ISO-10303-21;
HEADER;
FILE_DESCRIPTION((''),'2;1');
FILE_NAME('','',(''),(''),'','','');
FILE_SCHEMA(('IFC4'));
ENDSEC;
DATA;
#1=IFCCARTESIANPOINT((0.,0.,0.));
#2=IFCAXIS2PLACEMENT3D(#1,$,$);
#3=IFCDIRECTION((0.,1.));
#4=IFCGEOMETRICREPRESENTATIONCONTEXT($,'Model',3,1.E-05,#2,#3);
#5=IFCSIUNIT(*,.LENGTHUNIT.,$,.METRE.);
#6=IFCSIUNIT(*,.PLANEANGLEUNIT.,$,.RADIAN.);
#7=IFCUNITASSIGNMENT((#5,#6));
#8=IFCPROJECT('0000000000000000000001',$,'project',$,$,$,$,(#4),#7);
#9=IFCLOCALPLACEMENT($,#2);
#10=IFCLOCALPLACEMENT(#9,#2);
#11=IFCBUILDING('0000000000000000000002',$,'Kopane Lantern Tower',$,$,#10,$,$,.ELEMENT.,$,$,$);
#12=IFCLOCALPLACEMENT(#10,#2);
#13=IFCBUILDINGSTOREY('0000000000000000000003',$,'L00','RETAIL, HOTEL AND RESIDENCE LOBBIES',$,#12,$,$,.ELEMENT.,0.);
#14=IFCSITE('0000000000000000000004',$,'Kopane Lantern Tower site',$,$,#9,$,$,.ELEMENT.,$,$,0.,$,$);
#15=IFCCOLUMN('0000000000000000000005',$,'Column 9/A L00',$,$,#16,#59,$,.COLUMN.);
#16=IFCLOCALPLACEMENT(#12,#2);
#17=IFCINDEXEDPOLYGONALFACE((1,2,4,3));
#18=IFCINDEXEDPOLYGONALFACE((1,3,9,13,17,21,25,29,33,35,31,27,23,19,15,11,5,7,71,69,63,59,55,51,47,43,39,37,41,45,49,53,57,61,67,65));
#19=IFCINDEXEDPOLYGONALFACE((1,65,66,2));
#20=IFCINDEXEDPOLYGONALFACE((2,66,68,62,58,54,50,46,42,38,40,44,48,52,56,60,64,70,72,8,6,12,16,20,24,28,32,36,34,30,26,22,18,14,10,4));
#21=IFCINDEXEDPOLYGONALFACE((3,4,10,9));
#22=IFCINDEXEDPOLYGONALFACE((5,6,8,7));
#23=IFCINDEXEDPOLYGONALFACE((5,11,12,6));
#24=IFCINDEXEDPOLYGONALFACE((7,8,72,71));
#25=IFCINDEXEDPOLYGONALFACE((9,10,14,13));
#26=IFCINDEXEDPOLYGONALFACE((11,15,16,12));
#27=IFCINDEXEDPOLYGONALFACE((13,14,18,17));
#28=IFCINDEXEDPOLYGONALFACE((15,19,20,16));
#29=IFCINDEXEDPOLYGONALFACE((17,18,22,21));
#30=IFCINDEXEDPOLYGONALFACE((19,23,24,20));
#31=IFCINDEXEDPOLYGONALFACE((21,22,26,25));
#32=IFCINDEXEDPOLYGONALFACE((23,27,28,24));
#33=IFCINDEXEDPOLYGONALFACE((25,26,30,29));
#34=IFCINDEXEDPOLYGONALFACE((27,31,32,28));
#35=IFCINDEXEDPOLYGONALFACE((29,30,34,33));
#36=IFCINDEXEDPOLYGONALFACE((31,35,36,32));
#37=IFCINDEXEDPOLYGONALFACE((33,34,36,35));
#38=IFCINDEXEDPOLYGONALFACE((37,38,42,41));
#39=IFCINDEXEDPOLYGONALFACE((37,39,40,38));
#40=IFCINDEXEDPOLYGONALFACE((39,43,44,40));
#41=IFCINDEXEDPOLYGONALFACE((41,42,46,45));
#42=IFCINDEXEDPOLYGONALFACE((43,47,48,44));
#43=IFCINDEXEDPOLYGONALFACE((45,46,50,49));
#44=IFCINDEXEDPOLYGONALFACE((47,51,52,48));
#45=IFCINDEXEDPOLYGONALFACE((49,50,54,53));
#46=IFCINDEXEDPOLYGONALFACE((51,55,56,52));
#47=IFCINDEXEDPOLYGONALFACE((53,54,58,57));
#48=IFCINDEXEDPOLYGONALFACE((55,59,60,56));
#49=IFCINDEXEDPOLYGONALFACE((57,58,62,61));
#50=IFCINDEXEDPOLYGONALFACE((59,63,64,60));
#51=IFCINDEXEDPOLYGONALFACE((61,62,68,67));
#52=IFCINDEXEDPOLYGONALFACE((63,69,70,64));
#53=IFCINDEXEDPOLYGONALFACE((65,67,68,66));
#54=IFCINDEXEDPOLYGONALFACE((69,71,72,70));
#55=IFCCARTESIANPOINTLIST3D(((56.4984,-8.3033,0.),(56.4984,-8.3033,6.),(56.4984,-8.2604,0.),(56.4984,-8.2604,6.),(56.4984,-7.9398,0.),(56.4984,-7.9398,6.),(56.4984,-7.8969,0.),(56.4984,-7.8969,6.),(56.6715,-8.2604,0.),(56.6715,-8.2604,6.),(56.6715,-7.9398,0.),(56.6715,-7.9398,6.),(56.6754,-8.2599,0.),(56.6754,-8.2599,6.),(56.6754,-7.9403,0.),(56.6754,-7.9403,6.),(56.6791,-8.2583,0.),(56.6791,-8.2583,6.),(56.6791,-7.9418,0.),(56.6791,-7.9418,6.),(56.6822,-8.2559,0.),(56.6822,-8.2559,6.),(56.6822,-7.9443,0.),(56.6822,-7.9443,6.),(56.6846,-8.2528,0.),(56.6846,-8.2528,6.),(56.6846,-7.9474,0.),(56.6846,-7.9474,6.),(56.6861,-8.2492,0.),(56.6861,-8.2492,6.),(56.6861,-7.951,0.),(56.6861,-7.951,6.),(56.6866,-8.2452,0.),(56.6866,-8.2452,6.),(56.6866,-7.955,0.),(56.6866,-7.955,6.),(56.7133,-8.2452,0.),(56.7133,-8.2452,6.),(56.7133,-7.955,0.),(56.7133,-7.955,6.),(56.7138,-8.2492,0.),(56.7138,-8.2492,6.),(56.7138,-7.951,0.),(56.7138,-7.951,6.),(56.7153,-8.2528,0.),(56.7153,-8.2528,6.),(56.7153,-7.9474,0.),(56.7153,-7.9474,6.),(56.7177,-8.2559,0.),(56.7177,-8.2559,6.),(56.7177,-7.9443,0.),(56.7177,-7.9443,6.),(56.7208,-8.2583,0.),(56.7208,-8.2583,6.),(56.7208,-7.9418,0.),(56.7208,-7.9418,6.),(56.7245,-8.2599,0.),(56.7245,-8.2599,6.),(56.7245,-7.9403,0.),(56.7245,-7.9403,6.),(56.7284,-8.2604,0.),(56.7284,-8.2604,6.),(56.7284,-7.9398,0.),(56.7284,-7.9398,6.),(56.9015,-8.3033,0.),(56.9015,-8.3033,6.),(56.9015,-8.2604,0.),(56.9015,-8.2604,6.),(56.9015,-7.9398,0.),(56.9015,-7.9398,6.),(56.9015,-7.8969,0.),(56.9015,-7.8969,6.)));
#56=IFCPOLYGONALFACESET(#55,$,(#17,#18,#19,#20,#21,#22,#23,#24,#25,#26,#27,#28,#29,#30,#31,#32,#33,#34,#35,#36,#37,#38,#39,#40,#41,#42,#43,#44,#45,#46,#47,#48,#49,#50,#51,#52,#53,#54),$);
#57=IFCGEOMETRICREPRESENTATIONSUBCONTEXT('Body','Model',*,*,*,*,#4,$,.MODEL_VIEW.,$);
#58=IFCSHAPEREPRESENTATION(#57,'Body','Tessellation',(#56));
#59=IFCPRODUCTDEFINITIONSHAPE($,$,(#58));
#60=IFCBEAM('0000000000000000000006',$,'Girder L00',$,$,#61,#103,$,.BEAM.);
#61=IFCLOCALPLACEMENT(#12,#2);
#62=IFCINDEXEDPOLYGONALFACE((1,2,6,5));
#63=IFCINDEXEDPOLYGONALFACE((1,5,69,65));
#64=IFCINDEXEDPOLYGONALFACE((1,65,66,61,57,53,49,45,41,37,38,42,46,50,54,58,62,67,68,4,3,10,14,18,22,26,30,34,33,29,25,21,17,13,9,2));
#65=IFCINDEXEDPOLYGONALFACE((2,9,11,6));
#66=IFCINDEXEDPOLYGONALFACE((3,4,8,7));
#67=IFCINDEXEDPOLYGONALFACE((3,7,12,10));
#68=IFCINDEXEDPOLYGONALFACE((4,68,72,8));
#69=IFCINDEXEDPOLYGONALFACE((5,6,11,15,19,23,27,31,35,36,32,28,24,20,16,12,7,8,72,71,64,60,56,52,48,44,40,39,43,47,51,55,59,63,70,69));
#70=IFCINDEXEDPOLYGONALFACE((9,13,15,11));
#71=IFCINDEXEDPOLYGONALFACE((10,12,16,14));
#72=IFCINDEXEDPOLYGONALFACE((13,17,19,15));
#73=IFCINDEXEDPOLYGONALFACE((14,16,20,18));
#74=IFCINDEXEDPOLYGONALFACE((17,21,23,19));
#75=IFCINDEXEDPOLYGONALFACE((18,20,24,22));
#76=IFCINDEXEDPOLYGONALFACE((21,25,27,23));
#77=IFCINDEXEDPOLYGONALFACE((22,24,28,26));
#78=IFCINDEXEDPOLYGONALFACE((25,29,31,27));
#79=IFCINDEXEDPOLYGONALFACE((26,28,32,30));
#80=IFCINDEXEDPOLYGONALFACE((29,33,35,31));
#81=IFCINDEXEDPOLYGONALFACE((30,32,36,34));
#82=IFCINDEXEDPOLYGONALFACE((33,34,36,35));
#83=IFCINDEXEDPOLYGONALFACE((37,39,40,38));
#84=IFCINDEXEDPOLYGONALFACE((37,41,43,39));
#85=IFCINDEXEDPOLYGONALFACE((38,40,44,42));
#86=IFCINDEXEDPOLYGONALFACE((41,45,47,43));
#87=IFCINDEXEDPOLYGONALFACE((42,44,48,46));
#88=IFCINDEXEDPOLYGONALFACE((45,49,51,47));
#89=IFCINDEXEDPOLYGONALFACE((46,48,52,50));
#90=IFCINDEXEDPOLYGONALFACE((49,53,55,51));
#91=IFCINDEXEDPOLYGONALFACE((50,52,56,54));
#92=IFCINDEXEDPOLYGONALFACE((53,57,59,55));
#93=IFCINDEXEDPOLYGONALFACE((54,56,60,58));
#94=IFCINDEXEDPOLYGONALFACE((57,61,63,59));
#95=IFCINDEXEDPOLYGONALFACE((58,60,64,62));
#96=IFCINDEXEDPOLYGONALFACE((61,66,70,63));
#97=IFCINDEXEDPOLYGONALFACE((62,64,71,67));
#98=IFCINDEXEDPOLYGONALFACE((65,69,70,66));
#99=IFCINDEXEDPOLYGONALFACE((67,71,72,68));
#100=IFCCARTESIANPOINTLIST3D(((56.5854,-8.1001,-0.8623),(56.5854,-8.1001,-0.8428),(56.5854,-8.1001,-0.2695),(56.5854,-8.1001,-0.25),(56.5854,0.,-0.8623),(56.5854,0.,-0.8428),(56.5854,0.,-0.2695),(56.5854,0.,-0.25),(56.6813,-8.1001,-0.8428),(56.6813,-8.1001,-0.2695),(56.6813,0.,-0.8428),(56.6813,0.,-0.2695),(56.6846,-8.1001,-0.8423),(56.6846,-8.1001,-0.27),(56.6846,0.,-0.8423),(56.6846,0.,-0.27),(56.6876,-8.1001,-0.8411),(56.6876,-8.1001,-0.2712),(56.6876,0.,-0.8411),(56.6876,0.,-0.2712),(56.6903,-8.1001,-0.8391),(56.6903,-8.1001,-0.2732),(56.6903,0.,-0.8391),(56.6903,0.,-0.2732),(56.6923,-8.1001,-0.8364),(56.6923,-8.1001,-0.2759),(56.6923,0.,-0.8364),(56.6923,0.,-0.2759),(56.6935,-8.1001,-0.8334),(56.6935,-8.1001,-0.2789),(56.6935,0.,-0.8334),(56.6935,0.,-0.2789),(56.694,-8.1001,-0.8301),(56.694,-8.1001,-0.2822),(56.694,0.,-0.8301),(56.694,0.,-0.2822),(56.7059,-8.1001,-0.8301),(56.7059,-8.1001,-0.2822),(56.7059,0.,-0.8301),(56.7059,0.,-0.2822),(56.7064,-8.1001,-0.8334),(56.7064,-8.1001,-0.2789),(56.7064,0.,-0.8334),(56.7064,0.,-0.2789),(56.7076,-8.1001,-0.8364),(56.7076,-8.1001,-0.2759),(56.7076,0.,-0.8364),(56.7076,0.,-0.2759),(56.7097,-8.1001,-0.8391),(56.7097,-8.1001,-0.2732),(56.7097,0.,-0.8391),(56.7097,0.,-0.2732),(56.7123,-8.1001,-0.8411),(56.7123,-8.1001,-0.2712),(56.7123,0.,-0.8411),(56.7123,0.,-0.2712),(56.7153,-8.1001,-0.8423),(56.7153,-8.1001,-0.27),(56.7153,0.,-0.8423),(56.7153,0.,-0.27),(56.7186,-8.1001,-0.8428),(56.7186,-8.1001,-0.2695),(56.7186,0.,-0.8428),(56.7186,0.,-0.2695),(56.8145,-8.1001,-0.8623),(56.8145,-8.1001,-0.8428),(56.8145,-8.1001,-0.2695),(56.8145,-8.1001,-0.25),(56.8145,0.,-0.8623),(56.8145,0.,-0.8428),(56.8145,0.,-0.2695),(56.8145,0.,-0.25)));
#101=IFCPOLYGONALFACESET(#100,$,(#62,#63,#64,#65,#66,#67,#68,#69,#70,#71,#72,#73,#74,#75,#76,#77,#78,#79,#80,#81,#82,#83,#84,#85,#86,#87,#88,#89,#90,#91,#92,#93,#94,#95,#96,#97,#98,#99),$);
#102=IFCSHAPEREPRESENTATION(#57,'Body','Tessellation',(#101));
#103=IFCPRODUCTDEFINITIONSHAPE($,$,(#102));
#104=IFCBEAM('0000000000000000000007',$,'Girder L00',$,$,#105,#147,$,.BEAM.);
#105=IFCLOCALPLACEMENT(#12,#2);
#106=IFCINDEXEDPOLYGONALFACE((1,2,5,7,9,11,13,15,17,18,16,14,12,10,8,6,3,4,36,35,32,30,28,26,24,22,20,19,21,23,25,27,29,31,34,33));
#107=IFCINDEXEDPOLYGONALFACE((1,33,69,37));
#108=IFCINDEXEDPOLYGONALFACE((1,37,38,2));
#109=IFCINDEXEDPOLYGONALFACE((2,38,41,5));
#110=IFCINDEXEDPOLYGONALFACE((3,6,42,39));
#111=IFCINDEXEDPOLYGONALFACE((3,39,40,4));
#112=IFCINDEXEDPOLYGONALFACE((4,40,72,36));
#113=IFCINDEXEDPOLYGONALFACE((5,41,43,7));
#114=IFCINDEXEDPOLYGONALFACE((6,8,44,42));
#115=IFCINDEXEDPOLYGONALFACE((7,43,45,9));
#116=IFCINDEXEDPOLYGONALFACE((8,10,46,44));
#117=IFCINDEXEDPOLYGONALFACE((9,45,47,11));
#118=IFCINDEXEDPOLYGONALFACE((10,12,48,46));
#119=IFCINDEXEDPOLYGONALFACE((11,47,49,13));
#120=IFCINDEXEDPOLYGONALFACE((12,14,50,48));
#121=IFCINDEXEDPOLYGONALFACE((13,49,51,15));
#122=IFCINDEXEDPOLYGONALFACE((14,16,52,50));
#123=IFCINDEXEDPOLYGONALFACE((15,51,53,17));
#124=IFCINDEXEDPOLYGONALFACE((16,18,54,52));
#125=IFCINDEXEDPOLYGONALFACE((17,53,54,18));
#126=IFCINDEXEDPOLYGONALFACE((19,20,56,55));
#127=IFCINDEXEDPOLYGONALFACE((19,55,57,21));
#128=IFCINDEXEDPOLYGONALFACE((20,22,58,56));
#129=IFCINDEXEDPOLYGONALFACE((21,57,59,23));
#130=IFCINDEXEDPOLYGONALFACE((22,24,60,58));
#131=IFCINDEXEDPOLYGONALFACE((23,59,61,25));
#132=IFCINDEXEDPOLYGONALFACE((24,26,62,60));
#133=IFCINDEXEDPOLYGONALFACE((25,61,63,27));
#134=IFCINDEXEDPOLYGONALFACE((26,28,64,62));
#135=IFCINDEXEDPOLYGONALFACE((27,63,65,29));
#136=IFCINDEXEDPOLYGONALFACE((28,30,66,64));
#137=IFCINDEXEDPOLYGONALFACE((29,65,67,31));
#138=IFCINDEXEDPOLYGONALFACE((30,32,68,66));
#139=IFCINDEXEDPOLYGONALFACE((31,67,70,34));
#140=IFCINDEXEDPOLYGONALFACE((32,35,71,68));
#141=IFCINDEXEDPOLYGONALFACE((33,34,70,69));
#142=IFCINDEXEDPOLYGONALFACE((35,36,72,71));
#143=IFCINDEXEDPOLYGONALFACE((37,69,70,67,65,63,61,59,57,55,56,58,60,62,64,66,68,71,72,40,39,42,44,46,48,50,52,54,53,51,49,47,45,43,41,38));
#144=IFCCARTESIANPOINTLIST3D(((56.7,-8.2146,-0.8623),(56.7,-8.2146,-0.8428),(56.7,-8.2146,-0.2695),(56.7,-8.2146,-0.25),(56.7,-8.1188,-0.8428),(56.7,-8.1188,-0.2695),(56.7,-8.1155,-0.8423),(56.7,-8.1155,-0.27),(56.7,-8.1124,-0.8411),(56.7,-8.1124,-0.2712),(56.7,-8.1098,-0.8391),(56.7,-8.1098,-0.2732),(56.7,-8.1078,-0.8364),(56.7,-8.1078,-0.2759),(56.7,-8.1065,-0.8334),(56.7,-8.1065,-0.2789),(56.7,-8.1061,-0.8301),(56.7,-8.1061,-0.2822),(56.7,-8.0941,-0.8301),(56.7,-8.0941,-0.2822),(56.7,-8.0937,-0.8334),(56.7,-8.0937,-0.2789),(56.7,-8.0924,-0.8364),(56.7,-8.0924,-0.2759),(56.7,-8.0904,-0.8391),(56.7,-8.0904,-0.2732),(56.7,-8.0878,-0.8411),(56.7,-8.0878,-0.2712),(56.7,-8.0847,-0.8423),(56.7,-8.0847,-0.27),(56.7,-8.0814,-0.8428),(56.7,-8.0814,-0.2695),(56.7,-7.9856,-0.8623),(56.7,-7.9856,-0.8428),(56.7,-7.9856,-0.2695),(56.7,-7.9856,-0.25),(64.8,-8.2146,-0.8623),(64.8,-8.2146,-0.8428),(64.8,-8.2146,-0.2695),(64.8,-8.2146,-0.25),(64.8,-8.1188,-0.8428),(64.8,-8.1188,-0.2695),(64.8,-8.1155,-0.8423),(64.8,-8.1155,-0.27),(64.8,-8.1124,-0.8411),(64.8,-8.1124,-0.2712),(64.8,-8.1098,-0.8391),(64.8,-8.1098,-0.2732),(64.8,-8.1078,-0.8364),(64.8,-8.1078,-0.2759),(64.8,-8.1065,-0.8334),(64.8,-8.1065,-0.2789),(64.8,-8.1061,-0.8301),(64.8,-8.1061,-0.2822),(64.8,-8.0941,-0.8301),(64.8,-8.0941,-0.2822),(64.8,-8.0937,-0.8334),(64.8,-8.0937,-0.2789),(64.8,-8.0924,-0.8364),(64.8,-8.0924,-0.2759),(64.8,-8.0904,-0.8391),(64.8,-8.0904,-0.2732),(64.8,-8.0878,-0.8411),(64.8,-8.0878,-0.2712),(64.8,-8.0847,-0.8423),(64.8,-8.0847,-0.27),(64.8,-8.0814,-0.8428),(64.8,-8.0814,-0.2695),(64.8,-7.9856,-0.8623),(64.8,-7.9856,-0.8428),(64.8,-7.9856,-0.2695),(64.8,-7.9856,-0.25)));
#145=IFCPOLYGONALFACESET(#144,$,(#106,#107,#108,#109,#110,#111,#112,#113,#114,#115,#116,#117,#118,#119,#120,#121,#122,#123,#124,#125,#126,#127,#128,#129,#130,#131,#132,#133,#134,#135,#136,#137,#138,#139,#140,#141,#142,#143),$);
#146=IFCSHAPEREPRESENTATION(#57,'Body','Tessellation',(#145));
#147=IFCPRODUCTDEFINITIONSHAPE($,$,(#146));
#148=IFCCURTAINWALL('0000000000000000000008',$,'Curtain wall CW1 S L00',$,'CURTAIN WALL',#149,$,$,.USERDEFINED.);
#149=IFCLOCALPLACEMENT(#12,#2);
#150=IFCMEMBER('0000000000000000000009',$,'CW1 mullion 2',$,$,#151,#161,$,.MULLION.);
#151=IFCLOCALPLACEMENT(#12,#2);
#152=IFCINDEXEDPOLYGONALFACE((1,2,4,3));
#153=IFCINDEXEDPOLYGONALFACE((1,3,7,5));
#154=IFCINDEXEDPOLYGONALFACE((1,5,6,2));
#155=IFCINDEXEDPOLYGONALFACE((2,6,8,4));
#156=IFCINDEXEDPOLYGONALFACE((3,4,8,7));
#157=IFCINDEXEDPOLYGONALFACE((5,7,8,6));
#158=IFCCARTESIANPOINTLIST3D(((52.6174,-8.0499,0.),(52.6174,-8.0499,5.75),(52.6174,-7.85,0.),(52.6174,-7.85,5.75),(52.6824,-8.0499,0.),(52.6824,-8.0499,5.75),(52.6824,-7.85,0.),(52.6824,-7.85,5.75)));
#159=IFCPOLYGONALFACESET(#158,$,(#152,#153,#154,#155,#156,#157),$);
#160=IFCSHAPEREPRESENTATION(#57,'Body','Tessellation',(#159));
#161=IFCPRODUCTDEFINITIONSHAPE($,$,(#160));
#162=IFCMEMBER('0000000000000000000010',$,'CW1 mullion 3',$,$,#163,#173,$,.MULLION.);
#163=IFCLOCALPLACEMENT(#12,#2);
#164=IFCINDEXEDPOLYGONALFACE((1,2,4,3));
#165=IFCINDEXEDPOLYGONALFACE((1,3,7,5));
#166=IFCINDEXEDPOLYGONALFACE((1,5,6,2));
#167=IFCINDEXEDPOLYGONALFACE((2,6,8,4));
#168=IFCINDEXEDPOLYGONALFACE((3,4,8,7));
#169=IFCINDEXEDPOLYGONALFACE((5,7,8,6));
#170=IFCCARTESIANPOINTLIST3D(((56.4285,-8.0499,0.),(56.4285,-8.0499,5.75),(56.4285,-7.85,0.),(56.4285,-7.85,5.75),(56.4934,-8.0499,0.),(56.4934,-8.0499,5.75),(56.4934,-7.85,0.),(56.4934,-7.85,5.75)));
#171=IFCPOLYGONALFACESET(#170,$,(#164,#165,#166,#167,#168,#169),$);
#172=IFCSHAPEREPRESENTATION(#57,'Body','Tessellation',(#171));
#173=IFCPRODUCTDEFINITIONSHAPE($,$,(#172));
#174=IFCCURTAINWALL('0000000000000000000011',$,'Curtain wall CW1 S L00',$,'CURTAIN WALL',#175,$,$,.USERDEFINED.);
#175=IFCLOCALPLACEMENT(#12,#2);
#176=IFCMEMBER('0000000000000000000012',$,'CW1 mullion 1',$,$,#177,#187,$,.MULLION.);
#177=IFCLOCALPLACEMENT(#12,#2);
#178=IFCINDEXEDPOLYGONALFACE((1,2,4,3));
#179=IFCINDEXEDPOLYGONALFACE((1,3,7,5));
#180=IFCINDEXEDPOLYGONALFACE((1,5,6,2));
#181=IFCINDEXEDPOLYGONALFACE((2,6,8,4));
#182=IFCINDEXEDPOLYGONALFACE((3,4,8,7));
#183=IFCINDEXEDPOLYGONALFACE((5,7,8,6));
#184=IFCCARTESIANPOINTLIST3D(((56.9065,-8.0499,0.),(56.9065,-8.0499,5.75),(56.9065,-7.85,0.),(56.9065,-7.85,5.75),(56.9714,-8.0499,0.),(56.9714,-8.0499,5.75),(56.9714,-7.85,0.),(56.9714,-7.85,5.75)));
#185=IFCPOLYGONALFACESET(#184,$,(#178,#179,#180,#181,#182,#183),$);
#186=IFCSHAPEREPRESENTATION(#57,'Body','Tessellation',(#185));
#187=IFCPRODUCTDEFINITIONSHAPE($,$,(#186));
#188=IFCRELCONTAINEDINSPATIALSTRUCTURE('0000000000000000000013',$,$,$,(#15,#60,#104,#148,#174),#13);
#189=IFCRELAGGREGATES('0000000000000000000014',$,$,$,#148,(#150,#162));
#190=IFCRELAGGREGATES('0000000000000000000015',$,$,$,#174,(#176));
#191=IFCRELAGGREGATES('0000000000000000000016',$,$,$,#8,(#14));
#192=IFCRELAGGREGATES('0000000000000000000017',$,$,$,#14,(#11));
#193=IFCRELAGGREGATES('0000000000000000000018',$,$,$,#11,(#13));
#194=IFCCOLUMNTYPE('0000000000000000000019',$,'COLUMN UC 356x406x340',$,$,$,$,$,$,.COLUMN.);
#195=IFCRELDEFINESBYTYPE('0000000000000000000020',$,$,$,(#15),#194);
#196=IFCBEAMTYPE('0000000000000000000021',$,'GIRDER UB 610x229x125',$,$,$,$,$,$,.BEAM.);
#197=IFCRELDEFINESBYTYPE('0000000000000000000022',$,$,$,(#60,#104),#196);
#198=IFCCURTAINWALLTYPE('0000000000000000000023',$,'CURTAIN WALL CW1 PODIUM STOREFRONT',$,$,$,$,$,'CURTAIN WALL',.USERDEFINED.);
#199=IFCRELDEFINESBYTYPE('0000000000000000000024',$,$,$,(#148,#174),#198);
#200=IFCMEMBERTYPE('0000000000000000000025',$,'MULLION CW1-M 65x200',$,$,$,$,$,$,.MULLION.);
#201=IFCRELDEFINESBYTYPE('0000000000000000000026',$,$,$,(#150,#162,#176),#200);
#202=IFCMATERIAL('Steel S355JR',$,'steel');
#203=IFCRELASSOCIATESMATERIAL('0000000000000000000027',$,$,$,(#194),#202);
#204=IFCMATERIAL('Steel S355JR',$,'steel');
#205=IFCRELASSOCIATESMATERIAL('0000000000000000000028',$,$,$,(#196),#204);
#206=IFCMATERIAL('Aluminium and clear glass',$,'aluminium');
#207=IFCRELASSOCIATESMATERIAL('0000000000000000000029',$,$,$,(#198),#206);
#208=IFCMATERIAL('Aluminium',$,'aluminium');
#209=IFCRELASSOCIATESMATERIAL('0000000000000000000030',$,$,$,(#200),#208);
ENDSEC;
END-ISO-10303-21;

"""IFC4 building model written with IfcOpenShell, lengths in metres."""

from ifc_helpers import new_model, si_unit, direction, frame, origin, origin_2d, place, context, subcontext, project, spatial, rectangle, i_section, extrude, material, material_profile, profile_set, type_object, element, aggregate, save


model = new_model("IFC4")

# Units and contexts
model_context = context("Model", 3, precision=1e-05, world=origin(), true_north=direction((0.0, 1.0)))
body_context = subcontext(model_context, "Body", "Model", "MODEL_VIEW")
ifc_project = project(units=[si_unit("LENGTHUNIT", "METRE"), si_unit("PLANEANGLEUNIT", "RADIAN")], contexts=[model_context])

# Site, building, storey
site_placement = place(None, origin())
site = spatial("IfcSite", under=ifc_project, at=site_placement, Name="Kopane Lantern Tower site", CompositionType="ELEMENT", RefElevation=0.0)
building_placement = place(site_placement, origin())
building = spatial("IfcBuilding", under=site, at=building_placement, Name="Kopane Lantern Tower", CompositionType="ELEMENT")
storey_placement = place(building_placement, origin())
storey = spatial("IfcBuildingStorey", under=building, at=storey_placement, Name="L00", Description="RETAIL, HOTEL AND RESIDENCE LOBBIES", CompositionType="ELEMENT", Elevation=0.0)

# Column
ifc_material_1 = material(Name="Steel S355JR", Category="steel")
ifc_material_profile_1 = material_profile(ifc_material_1, i_section(OverallWidth=0.4031, OverallDepth=0.4065, WebThickness=0.0266, FlangeThickness=0.043, FilletRadius=0.0151, at=origin_2d()), Name="UC 356x406x340")
ifc_profile_set_1 = profile_set([ifc_material_profile_1], Name="Steel S355JR")
column_type = type_object("IfcColumnType", Name="COLUMN UC 356x406x340", PredefinedType="COLUMN", material=ifc_profile_set_1)
column_placement = place(storey_placement, frame((56.7, -8.1001, 0.0), z_axis=(0.0, 0.0, 1.0), x_axis=(1.0, 0.0, 0.0)))
element("IfcColumn", 1, at=column_placement, inside=storey, type_object=column_type, Name="Column 9/A L00", PredefinedType="COLUMN", context=body_context, shape_type="SweptSolid", body=[
    extrude(i_section(OverallWidth=0.4031, OverallDepth=0.4065, WebThickness=0.0266, FlangeThickness=0.043, FilletRadius=0.0151, at=origin_2d()), origin(), (0.0, 0.0, 1.0), 6.0),
])

# Beams
ifc_material_2 = material(Name="Steel S355JR", Category="steel")
ifc_material_profile_2 = material_profile(ifc_material_2, i_section(OverallWidth=0.229, OverallDepth=0.6123, WebThickness=0.012, FlangeThickness=0.0195, FilletRadius=0.0127, at=origin_2d()), Name="UB 610x229x125")
ifc_profile_set_2 = profile_set([ifc_material_profile_2], Name="Steel S355JR")
beam_type = type_object("IfcBeamType", Name="GIRDER UB 610x229x125", PredefinedType="BEAM", material=ifc_profile_set_2)
for number, where, z_axis, x_axis, name in (
    (2, (56.7, -8.1001, -0.5562), (0.0, 1.0, 0.0), (-1.0, 0.0, 0.0), "Girder L00"),
    (3, (56.7, -8.1001, -0.5562), (1.0, 0.0, 0.0), (0.0, 1.0, 0.0), "Girder L00"),
):
    element("IfcBeam", number, at=place(storey_placement, frame(where, z_axis=z_axis, x_axis=x_axis)), inside=storey, type_object=beam_type, Name=name, PredefinedType="BEAM", context=body_context, shape_type="SweptSolid", body=[
        extrude(i_section(OverallWidth=0.229, OverallDepth=0.6123, WebThickness=0.012, FlangeThickness=0.0195, FilletRadius=0.0127, at=origin_2d()), origin(), (0.0, 0.0, 1.0), 8.1001),
    ])

# Curtain wall, members
ifc_material_3 = material(Name="Aluminium and clear glass", Category="aluminium")
curtain_wall_type = type_object("IfcCurtainWallType", Name="CURTAIN WALL CW1 PODIUM STOREFRONT", ElementType="CURTAIN WALL", PredefinedType="USERDEFINED", material=ifc_material_3)
curtain_wall_1_placement = place(storey_placement, origin())
curtain_wall_1 = element("IfcCurtainWall", 4, at=curtain_wall_1_placement, inside=storey, type_object=curtain_wall_type, Name="Curtain wall CW1 S L00", ObjectType="CURTAIN WALL", PredefinedType="USERDEFINED")
ifc_material_4 = material(Name="Aluminium", Category="aluminium")
ifc_material_profile_3 = material_profile(ifc_material_4, rectangle(XDim=0.0649, YDim=0.2, at=origin_2d()), Name="AL 65x200")
ifc_profile_set_3 = profile_set([ifc_material_profile_3], Name="Aluminium")
member_type_1 = type_object("IfcMemberType", Name="MULLION CW1-M 65x200", PredefinedType="MULLION", material=ifc_profile_set_3)
member_1_placement = place(storey_placement, frame((52.6499, -7.95, 0.0), z_axis=(0.0, 0.0, 1.0), x_axis=(1.0, 0.0, 0.0)))
member_1 = element("IfcMember", 5, at=member_1_placement, type_object=member_type_1, Name="CW1 mullion 2", PredefinedType="MULLION", context=body_context, shape_type="SweptSolid", body=[
    extrude(rectangle(XDim=0.0649, YDim=0.2, at=origin_2d()), origin(), (0.0, 0.0, 1.0), 5.75),
])
member_2_placement = place(storey_placement, frame((56.4609, -7.95, 0.0), z_axis=(0.0, 0.0, 1.0), x_axis=(1.0, 0.0, 0.0)))
member_2 = element("IfcMember", 6, at=member_2_placement, type_object=member_type_1, Name="CW1 mullion 3", PredefinedType="MULLION", context=body_context, shape_type="SweptSolid", body=[
    extrude(rectangle(XDim=0.0649, YDim=0.2, at=origin_2d()), origin(), (0.0, 0.0, 1.0), 5.75),
])

# Curtain wall, member
curtain_wall_2_placement = place(storey_placement, origin())
curtain_wall_2 = element("IfcCurtainWall", 7, at=curtain_wall_2_placement, inside=storey, type_object=curtain_wall_type, Name="Curtain wall CW1 S L00", ObjectType="CURTAIN WALL", PredefinedType="USERDEFINED")
member_3_placement = place(storey_placement, frame((56.939, -7.95, 0.0), z_axis=(0.0, 0.0, 1.0), x_axis=(1.0, 0.0, 0.0)))
member_3 = element("IfcMember", 8, at=member_3_placement, type_object=member_type_1, Name="CW1 mullion 1", PredefinedType="MULLION", context=body_context, shape_type="SweptSolid", body=[
    extrude(rectangle(XDim=0.0649, YDim=0.2, at=origin_2d()), origin(), (0.0, 0.0, 1.0), 5.75),
])

aggregate(curtain_wall_1, [member_1, member_2])
aggregate(curtain_wall_2, [member_3])

save(model, "model.ifc")
